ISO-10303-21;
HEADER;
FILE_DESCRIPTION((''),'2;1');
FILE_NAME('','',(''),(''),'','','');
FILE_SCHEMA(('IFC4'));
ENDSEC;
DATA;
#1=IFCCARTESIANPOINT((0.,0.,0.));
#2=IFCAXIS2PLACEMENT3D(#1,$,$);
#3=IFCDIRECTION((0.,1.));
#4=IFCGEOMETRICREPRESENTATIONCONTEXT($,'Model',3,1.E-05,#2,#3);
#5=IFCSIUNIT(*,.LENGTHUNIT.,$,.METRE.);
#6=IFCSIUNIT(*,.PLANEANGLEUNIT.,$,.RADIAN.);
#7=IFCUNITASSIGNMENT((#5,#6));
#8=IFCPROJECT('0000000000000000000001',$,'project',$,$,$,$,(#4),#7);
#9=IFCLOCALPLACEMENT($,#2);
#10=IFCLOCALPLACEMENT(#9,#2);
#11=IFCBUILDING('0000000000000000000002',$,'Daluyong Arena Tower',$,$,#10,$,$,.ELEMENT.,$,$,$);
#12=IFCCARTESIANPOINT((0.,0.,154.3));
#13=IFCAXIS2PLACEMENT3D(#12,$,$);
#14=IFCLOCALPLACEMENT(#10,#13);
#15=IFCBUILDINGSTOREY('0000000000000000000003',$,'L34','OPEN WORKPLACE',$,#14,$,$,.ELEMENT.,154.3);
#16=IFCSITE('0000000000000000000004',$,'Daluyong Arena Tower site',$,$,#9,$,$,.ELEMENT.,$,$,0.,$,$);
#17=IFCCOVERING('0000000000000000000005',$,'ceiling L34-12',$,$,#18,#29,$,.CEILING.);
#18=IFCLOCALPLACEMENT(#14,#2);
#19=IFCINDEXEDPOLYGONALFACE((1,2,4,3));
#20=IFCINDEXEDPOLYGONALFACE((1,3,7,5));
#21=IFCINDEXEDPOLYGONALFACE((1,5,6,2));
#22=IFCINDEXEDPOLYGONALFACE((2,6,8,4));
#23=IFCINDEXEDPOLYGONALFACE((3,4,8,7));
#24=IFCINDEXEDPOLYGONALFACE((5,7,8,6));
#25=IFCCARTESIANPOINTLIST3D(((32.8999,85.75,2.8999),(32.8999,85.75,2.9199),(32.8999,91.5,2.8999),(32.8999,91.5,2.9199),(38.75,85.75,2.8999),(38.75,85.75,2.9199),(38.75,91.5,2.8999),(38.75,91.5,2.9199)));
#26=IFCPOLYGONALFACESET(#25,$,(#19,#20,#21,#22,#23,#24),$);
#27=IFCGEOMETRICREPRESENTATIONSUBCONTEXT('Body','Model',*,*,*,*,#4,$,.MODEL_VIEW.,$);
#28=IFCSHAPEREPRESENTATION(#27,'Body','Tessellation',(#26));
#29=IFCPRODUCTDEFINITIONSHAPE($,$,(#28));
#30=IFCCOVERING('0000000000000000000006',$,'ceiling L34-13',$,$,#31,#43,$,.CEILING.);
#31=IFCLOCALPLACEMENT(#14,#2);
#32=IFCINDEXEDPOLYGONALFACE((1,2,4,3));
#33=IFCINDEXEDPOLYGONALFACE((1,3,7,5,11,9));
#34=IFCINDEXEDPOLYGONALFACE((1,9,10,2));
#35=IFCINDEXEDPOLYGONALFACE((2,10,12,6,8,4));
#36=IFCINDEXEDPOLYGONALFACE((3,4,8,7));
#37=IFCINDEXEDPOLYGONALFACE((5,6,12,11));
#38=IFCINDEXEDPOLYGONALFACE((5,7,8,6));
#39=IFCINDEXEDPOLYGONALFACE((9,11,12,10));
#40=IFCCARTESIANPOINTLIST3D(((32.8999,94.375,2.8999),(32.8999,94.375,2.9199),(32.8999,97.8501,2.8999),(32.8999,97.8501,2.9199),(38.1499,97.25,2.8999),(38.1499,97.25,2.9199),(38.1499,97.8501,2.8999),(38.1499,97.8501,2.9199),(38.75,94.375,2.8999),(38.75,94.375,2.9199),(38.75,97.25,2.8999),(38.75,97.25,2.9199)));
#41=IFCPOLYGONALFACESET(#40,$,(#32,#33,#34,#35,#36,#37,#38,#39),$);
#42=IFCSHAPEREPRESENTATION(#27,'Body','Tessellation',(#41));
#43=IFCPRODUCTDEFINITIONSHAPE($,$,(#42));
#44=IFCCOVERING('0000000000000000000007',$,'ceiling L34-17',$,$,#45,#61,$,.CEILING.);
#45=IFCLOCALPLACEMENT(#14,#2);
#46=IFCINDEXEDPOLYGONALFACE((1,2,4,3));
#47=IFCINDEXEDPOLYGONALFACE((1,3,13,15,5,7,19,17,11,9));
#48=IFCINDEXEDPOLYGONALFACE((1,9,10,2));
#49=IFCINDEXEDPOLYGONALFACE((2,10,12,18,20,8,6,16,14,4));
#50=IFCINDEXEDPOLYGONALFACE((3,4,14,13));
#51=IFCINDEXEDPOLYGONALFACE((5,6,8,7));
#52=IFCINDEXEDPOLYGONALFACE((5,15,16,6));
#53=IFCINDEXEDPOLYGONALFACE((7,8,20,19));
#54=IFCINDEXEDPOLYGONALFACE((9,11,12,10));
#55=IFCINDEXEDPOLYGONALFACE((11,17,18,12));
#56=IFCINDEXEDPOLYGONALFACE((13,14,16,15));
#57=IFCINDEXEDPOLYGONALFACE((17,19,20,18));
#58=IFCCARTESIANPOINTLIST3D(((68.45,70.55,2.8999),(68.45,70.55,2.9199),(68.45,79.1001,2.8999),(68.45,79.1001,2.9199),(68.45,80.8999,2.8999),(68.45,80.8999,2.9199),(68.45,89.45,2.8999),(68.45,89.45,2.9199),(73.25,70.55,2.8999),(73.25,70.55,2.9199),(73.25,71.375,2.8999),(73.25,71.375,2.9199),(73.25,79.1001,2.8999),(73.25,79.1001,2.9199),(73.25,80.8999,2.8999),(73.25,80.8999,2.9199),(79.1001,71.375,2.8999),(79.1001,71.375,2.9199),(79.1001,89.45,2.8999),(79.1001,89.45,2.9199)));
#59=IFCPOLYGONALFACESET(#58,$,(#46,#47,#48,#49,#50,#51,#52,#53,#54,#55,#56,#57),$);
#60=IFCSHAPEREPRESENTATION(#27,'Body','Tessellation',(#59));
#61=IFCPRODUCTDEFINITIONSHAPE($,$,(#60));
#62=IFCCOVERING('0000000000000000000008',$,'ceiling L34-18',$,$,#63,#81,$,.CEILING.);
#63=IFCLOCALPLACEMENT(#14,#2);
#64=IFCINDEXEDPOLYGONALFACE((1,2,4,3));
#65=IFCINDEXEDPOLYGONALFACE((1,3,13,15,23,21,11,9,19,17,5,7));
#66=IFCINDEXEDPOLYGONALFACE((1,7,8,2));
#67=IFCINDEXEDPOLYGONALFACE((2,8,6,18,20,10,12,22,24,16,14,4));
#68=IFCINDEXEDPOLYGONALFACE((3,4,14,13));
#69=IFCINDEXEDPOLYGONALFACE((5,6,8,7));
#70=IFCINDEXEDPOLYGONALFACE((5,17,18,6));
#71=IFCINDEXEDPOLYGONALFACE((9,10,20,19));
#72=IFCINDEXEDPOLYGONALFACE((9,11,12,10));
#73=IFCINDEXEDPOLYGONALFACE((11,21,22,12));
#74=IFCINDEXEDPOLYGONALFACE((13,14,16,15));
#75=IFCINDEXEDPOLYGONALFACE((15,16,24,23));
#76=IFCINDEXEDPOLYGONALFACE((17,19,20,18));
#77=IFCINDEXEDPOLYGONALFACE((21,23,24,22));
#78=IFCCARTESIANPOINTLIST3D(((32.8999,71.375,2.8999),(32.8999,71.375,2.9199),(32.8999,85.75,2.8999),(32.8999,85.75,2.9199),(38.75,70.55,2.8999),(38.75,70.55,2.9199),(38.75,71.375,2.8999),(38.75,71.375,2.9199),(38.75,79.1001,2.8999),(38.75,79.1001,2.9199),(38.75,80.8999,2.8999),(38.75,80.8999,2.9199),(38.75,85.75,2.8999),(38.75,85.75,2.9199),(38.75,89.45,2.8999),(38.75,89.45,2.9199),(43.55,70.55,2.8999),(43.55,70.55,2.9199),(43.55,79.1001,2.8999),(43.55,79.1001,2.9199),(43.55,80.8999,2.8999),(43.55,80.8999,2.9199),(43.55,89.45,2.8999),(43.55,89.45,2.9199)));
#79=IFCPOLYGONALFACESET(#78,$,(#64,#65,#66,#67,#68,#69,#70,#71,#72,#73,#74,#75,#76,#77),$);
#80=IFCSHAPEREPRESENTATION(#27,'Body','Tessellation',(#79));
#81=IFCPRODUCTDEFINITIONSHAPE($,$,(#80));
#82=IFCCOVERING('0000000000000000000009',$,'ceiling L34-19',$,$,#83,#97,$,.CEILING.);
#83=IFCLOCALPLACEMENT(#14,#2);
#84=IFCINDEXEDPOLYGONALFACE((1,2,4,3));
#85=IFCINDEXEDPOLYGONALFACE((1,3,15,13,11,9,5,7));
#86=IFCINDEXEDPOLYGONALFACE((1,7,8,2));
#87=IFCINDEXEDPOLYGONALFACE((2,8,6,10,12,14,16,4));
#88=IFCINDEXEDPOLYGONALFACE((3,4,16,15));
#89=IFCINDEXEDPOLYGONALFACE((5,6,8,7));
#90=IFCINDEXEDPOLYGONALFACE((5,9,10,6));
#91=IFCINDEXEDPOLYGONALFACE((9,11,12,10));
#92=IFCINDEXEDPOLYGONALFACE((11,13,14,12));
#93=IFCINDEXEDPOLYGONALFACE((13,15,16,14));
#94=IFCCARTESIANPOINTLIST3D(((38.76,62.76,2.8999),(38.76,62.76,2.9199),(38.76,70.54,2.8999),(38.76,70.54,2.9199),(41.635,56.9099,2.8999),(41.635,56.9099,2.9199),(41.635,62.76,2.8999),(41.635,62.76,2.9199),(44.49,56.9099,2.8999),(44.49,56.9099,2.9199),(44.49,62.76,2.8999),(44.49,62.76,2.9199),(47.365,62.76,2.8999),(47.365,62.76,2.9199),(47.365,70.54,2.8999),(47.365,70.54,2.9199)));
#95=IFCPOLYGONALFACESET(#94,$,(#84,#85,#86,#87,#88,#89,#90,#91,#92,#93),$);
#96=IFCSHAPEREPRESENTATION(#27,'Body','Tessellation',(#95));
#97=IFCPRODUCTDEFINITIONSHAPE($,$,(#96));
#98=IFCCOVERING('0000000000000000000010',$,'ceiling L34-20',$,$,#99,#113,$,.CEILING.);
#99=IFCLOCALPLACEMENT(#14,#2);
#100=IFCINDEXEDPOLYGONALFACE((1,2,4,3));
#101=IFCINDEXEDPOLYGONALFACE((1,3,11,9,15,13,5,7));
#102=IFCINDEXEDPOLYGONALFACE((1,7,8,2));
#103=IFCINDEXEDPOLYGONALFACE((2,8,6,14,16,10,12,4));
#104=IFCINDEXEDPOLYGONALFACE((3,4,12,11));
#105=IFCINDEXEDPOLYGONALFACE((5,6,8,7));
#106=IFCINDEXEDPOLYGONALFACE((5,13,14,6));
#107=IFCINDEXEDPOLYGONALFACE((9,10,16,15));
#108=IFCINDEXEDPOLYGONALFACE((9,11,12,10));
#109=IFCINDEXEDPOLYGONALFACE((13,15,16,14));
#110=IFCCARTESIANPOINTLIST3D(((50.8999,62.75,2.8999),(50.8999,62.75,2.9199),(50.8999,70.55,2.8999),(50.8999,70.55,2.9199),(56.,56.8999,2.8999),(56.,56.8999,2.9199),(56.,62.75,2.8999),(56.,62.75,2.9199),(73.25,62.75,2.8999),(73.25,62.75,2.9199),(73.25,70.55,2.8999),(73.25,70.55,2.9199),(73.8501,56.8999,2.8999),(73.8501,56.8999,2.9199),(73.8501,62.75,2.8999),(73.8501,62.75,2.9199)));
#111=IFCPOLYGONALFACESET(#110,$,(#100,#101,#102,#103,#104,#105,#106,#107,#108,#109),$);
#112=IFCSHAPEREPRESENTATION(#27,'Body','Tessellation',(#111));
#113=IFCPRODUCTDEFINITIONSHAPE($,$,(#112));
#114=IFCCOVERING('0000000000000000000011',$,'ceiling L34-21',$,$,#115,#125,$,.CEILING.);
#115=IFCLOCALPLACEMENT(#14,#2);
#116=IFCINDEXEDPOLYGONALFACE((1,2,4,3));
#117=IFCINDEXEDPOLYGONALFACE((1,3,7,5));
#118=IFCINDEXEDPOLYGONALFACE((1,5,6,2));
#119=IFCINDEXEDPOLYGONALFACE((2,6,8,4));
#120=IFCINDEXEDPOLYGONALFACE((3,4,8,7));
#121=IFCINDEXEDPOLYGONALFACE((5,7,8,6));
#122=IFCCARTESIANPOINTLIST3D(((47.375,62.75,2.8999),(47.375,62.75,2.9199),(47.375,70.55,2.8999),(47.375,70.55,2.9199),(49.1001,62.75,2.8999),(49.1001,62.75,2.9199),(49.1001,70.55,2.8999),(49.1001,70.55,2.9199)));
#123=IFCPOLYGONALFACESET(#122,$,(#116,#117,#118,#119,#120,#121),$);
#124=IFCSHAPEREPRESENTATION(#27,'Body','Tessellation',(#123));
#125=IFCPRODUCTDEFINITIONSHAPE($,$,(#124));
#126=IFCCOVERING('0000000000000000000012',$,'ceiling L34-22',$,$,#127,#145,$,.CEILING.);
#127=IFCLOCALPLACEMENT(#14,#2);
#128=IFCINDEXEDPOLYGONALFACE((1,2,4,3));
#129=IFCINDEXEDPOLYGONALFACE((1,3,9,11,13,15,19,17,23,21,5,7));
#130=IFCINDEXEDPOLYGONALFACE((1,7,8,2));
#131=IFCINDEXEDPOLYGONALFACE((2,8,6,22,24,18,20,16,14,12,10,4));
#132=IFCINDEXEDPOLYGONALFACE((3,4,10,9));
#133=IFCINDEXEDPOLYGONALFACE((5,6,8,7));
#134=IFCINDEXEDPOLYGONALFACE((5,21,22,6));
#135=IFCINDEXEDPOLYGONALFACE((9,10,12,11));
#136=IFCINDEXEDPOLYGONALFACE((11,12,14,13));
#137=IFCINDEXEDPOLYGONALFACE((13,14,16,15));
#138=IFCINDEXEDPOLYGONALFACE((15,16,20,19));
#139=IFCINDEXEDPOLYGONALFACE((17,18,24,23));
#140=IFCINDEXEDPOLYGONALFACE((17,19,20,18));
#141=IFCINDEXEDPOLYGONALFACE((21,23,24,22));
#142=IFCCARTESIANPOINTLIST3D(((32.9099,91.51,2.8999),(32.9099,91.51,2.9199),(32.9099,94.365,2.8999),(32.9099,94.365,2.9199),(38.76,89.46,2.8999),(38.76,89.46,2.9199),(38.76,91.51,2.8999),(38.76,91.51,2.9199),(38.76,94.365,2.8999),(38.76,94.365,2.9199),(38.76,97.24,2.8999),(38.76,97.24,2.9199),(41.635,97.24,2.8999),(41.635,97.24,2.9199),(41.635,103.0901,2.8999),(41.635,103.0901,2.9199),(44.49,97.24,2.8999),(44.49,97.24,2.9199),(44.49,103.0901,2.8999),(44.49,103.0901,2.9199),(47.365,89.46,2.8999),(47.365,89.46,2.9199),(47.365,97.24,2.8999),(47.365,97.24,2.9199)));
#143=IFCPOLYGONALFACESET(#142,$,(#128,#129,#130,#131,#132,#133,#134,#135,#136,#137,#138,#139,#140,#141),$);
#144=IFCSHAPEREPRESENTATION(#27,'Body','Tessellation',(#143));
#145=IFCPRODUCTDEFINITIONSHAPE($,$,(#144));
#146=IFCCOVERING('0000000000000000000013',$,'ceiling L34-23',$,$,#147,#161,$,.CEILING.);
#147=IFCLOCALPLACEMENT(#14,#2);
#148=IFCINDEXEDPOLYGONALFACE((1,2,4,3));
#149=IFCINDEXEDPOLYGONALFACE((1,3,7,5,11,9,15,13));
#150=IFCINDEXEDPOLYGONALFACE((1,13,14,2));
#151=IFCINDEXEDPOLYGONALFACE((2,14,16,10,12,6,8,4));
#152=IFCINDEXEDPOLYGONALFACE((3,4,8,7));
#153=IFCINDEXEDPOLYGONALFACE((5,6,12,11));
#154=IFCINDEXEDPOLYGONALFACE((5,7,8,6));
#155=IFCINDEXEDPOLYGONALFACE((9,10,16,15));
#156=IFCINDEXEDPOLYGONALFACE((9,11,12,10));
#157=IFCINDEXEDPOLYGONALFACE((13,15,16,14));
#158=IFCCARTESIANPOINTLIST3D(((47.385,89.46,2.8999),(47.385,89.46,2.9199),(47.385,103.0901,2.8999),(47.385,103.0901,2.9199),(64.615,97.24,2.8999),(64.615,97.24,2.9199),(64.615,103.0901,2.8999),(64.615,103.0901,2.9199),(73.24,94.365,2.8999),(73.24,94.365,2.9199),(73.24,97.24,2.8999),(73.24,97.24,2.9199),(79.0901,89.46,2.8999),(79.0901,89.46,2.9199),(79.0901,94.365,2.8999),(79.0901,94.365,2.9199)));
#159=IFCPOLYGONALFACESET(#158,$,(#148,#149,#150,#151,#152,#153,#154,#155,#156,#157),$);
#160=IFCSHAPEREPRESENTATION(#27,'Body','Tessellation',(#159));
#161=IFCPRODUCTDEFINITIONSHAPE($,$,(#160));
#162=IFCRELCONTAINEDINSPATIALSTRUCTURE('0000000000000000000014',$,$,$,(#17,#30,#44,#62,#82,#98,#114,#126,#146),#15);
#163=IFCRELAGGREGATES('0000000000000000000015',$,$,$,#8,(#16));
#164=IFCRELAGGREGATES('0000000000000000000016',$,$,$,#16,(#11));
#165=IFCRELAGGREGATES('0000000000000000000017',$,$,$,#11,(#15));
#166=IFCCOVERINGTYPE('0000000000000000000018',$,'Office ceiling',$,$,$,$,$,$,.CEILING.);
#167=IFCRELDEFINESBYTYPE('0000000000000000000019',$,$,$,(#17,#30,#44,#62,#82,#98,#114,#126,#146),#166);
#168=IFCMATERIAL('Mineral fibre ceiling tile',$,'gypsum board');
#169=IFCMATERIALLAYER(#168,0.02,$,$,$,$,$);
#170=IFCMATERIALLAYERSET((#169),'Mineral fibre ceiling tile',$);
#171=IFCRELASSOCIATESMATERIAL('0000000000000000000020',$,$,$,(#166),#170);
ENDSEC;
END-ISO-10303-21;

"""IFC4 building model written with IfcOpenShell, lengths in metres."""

from ifc_helpers import new_model, si_unit, direction, frame, origin, place, context, subcontext, project, spatial, polyline, outline, extrude, material, layer, layer_set, type_object, element, save


model = new_model("IFC4")

# Units and contexts
model_context = context("Model", 3, precision=1e-05, world=origin(), true_north=direction((0.0, 1.0)))
body_context = subcontext(model_context, "Body", "Model", "MODEL_VIEW")
ifc_project = project(units=[si_unit("LENGTHUNIT", "METRE"), si_unit("PLANEANGLEUNIT", "RADIAN")], contexts=[model_context])

# Site, building, storey
site_placement = place(None, origin())
site = spatial("IfcSite", under=ifc_project, at=site_placement, Name="Daluyong Arena Tower site", CompositionType="ELEMENT", RefElevation=0.0)
building_placement = place(site_placement, origin())
building = spatial("IfcBuilding", under=site, at=building_placement, Name="Daluyong Arena Tower", CompositionType="ELEMENT")
storey_placement = place(building_placement, frame((0.0, 0.0, 154.3)))
storey = spatial("IfcBuildingStorey", under=building, at=storey_placement, Name="L34", Description="OPEN WORKPLACE", CompositionType="ELEMENT", Elevation=154.3)

# Coverings
ifc_material_1 = material(Name="Mineral fibre ceiling tile", Category="gypsum board")
ifc_layer_1 = layer(ifc_material_1, 0.02)
ifc_layer_set_1 = layer_set([ifc_layer_1], Name="Mineral fibre ceiling tile")
covering_type = type_object("IfcCoveringType", Name="Office ceiling", PredefinedType="CEILING", material=ifc_layer_set_1)
covering_1_placement = place(storey_placement, frame((0.0, 0.0, 2.8999)))
element("IfcCovering", 1, at=covering_1_placement, inside=storey, type_object=covering_type, Name="ceiling L34-12", PredefinedType="CEILING", context=body_context, shape_type="SweptSolid", body=[
    extrude(outline(polyline([(38.75, 91.5), (32.8999, 91.5), (32.8999, 85.75), (38.75, 85.75), (38.75, 91.5)])), origin(), (0.0, 0.0, 1.0), 0.02),
])
covering_2_placement = place(storey_placement, frame((0.0, 0.0, 2.8999)))
element("IfcCovering", 2, at=covering_2_placement, inside=storey, type_object=covering_type, Name="ceiling L34-13", PredefinedType="CEILING", context=body_context, shape_type="SweptSolid", body=[
    extrude(outline(polyline([(38.75, 94.375), (38.75, 97.25), (38.1499, 97.25), (38.1499, 97.8501), (32.8999, 97.8501), (32.8999, 94.375), (38.75, 94.375)])), origin(), (0.0, 0.0, 1.0), 0.02),
])
covering_3_placement = place(storey_placement, frame((0.0, 0.0, 2.8999)))
element("IfcCovering", 3, at=covering_3_placement, inside=storey, type_object=covering_type, Name="ceiling L34-17", PredefinedType="CEILING", context=body_context, shape_type="SweptSolid", body=[
    extrude(outline(polyline([(79.1001, 71.375), (79.1001, 89.45), (68.45, 89.45), (68.45, 80.8999), (73.25, 80.8999), (73.25, 79.1001), (68.45, 79.1001), (68.45, 70.55), (73.25, 70.55), (73.25, 71.375), (79.1001, 71.375)])), origin(), (0.0, 0.0, 1.0), 0.02),
])
covering_4_placement = place(storey_placement, frame((0.0, 0.0, 2.8999)))
element("IfcCovering", 4, at=covering_4_placement, inside=storey, type_object=covering_type, Name="ceiling L34-18", PredefinedType="CEILING", context=body_context, shape_type="SweptSolid", body=[
    extrude(outline(polyline([(43.55, 80.8999), (43.55, 89.45), (38.75, 89.45), (38.75, 85.75), (32.8999, 85.75), (32.8999, 71.375), (38.75, 71.375), (38.75, 70.55), (43.55, 70.55), (43.55, 79.1001), (38.75, 79.1001), (38.75, 80.8999), (43.55, 80.8999)])), origin(), (0.0, 0.0, 1.0), 0.02),
])
covering_5_placement = place(storey_placement, frame((0.0, 0.0, 2.8999)))
element("IfcCovering", 5, at=covering_5_placement, inside=storey, type_object=covering_type, Name="ceiling L34-19", PredefinedType="CEILING", context=body_context, shape_type="SweptSolid", body=[
    extrude(outline(polyline([(38.76, 62.76), (41.635, 62.76), (41.635, 56.9099), (44.49, 56.9099), (44.49, 62.76), (47.365, 62.76), (47.365, 70.54), (38.76, 70.54), (38.76, 62.76)])), origin(), (0.0, 0.0, 1.0), 0.02),
])
covering_6_placement = place(storey_placement, frame((0.0, 0.0, 2.8999)))
element("IfcCovering", 6, at=covering_6_placement, inside=storey, type_object=covering_type, Name="ceiling L34-20", PredefinedType="CEILING", context=body_context, shape_type="SweptSolid", body=[
    extrude(outline(polyline([(73.25, 62.75), (73.25, 70.55), (50.8999, 70.55), (50.8999, 62.75), (56.0, 62.75), (56.0, 56.8999), (73.8501, 56.8999), (73.8501, 62.75), (73.25, 62.75)])), origin(), (0.0, 0.0, 1.0), 0.02),
])
covering_7_placement = place(storey_placement, frame((0.0, 0.0, 2.8999)))
element("IfcCovering", 7, at=covering_7_placement, inside=storey, type_object=covering_type, Name="ceiling L34-21", PredefinedType="CEILING", context=body_context, shape_type="SweptSolid", body=[
    extrude(outline(polyline([(49.1001, 70.55), (47.375, 70.55), (47.375, 62.75), (49.1001, 62.75), (49.1001, 70.55)])), origin(), (0.0, 0.0, 1.0), 0.02),
])
covering_8_placement = place(storey_placement, frame((0.0, 0.0, 2.8999)))
element("IfcCovering", 8, at=covering_8_placement, inside=storey, type_object=covering_type, Name="ceiling L34-22", PredefinedType="CEILING", context=body_context, shape_type="SweptSolid", body=[
    extrude(outline(polyline([(38.76, 97.24), (38.76, 94.365), (32.9099, 94.365), (32.9099, 91.51), (38.76, 91.51), (38.76, 89.46), (47.365, 89.46), (47.365, 97.24), (44.49, 97.24), (44.49, 103.0901), (41.635, 103.0901), (41.635, 97.24), (38.76, 97.24)])), origin(), (0.0, 0.0, 1.0), 0.02),
])
covering_9_placement = place(storey_placement, frame((0.0, 0.0, 2.8999)))
element("IfcCovering", 9, at=covering_9_placement, inside=storey, type_object=covering_type, Name="ceiling L34-23", PredefinedType="CEILING", context=body_context, shape_type="SweptSolid", body=[
    extrude(outline(polyline([(64.615, 103.0901), (47.385, 103.0901), (47.385, 89.46), (79.0901, 89.46), (79.0901, 94.365), (73.24, 94.365), (73.24, 97.24), (64.615, 97.24), (64.615, 103.0901)])), origin(), (0.0, 0.0, 1.0), 0.02),
])

save(model, "model.ifc")
